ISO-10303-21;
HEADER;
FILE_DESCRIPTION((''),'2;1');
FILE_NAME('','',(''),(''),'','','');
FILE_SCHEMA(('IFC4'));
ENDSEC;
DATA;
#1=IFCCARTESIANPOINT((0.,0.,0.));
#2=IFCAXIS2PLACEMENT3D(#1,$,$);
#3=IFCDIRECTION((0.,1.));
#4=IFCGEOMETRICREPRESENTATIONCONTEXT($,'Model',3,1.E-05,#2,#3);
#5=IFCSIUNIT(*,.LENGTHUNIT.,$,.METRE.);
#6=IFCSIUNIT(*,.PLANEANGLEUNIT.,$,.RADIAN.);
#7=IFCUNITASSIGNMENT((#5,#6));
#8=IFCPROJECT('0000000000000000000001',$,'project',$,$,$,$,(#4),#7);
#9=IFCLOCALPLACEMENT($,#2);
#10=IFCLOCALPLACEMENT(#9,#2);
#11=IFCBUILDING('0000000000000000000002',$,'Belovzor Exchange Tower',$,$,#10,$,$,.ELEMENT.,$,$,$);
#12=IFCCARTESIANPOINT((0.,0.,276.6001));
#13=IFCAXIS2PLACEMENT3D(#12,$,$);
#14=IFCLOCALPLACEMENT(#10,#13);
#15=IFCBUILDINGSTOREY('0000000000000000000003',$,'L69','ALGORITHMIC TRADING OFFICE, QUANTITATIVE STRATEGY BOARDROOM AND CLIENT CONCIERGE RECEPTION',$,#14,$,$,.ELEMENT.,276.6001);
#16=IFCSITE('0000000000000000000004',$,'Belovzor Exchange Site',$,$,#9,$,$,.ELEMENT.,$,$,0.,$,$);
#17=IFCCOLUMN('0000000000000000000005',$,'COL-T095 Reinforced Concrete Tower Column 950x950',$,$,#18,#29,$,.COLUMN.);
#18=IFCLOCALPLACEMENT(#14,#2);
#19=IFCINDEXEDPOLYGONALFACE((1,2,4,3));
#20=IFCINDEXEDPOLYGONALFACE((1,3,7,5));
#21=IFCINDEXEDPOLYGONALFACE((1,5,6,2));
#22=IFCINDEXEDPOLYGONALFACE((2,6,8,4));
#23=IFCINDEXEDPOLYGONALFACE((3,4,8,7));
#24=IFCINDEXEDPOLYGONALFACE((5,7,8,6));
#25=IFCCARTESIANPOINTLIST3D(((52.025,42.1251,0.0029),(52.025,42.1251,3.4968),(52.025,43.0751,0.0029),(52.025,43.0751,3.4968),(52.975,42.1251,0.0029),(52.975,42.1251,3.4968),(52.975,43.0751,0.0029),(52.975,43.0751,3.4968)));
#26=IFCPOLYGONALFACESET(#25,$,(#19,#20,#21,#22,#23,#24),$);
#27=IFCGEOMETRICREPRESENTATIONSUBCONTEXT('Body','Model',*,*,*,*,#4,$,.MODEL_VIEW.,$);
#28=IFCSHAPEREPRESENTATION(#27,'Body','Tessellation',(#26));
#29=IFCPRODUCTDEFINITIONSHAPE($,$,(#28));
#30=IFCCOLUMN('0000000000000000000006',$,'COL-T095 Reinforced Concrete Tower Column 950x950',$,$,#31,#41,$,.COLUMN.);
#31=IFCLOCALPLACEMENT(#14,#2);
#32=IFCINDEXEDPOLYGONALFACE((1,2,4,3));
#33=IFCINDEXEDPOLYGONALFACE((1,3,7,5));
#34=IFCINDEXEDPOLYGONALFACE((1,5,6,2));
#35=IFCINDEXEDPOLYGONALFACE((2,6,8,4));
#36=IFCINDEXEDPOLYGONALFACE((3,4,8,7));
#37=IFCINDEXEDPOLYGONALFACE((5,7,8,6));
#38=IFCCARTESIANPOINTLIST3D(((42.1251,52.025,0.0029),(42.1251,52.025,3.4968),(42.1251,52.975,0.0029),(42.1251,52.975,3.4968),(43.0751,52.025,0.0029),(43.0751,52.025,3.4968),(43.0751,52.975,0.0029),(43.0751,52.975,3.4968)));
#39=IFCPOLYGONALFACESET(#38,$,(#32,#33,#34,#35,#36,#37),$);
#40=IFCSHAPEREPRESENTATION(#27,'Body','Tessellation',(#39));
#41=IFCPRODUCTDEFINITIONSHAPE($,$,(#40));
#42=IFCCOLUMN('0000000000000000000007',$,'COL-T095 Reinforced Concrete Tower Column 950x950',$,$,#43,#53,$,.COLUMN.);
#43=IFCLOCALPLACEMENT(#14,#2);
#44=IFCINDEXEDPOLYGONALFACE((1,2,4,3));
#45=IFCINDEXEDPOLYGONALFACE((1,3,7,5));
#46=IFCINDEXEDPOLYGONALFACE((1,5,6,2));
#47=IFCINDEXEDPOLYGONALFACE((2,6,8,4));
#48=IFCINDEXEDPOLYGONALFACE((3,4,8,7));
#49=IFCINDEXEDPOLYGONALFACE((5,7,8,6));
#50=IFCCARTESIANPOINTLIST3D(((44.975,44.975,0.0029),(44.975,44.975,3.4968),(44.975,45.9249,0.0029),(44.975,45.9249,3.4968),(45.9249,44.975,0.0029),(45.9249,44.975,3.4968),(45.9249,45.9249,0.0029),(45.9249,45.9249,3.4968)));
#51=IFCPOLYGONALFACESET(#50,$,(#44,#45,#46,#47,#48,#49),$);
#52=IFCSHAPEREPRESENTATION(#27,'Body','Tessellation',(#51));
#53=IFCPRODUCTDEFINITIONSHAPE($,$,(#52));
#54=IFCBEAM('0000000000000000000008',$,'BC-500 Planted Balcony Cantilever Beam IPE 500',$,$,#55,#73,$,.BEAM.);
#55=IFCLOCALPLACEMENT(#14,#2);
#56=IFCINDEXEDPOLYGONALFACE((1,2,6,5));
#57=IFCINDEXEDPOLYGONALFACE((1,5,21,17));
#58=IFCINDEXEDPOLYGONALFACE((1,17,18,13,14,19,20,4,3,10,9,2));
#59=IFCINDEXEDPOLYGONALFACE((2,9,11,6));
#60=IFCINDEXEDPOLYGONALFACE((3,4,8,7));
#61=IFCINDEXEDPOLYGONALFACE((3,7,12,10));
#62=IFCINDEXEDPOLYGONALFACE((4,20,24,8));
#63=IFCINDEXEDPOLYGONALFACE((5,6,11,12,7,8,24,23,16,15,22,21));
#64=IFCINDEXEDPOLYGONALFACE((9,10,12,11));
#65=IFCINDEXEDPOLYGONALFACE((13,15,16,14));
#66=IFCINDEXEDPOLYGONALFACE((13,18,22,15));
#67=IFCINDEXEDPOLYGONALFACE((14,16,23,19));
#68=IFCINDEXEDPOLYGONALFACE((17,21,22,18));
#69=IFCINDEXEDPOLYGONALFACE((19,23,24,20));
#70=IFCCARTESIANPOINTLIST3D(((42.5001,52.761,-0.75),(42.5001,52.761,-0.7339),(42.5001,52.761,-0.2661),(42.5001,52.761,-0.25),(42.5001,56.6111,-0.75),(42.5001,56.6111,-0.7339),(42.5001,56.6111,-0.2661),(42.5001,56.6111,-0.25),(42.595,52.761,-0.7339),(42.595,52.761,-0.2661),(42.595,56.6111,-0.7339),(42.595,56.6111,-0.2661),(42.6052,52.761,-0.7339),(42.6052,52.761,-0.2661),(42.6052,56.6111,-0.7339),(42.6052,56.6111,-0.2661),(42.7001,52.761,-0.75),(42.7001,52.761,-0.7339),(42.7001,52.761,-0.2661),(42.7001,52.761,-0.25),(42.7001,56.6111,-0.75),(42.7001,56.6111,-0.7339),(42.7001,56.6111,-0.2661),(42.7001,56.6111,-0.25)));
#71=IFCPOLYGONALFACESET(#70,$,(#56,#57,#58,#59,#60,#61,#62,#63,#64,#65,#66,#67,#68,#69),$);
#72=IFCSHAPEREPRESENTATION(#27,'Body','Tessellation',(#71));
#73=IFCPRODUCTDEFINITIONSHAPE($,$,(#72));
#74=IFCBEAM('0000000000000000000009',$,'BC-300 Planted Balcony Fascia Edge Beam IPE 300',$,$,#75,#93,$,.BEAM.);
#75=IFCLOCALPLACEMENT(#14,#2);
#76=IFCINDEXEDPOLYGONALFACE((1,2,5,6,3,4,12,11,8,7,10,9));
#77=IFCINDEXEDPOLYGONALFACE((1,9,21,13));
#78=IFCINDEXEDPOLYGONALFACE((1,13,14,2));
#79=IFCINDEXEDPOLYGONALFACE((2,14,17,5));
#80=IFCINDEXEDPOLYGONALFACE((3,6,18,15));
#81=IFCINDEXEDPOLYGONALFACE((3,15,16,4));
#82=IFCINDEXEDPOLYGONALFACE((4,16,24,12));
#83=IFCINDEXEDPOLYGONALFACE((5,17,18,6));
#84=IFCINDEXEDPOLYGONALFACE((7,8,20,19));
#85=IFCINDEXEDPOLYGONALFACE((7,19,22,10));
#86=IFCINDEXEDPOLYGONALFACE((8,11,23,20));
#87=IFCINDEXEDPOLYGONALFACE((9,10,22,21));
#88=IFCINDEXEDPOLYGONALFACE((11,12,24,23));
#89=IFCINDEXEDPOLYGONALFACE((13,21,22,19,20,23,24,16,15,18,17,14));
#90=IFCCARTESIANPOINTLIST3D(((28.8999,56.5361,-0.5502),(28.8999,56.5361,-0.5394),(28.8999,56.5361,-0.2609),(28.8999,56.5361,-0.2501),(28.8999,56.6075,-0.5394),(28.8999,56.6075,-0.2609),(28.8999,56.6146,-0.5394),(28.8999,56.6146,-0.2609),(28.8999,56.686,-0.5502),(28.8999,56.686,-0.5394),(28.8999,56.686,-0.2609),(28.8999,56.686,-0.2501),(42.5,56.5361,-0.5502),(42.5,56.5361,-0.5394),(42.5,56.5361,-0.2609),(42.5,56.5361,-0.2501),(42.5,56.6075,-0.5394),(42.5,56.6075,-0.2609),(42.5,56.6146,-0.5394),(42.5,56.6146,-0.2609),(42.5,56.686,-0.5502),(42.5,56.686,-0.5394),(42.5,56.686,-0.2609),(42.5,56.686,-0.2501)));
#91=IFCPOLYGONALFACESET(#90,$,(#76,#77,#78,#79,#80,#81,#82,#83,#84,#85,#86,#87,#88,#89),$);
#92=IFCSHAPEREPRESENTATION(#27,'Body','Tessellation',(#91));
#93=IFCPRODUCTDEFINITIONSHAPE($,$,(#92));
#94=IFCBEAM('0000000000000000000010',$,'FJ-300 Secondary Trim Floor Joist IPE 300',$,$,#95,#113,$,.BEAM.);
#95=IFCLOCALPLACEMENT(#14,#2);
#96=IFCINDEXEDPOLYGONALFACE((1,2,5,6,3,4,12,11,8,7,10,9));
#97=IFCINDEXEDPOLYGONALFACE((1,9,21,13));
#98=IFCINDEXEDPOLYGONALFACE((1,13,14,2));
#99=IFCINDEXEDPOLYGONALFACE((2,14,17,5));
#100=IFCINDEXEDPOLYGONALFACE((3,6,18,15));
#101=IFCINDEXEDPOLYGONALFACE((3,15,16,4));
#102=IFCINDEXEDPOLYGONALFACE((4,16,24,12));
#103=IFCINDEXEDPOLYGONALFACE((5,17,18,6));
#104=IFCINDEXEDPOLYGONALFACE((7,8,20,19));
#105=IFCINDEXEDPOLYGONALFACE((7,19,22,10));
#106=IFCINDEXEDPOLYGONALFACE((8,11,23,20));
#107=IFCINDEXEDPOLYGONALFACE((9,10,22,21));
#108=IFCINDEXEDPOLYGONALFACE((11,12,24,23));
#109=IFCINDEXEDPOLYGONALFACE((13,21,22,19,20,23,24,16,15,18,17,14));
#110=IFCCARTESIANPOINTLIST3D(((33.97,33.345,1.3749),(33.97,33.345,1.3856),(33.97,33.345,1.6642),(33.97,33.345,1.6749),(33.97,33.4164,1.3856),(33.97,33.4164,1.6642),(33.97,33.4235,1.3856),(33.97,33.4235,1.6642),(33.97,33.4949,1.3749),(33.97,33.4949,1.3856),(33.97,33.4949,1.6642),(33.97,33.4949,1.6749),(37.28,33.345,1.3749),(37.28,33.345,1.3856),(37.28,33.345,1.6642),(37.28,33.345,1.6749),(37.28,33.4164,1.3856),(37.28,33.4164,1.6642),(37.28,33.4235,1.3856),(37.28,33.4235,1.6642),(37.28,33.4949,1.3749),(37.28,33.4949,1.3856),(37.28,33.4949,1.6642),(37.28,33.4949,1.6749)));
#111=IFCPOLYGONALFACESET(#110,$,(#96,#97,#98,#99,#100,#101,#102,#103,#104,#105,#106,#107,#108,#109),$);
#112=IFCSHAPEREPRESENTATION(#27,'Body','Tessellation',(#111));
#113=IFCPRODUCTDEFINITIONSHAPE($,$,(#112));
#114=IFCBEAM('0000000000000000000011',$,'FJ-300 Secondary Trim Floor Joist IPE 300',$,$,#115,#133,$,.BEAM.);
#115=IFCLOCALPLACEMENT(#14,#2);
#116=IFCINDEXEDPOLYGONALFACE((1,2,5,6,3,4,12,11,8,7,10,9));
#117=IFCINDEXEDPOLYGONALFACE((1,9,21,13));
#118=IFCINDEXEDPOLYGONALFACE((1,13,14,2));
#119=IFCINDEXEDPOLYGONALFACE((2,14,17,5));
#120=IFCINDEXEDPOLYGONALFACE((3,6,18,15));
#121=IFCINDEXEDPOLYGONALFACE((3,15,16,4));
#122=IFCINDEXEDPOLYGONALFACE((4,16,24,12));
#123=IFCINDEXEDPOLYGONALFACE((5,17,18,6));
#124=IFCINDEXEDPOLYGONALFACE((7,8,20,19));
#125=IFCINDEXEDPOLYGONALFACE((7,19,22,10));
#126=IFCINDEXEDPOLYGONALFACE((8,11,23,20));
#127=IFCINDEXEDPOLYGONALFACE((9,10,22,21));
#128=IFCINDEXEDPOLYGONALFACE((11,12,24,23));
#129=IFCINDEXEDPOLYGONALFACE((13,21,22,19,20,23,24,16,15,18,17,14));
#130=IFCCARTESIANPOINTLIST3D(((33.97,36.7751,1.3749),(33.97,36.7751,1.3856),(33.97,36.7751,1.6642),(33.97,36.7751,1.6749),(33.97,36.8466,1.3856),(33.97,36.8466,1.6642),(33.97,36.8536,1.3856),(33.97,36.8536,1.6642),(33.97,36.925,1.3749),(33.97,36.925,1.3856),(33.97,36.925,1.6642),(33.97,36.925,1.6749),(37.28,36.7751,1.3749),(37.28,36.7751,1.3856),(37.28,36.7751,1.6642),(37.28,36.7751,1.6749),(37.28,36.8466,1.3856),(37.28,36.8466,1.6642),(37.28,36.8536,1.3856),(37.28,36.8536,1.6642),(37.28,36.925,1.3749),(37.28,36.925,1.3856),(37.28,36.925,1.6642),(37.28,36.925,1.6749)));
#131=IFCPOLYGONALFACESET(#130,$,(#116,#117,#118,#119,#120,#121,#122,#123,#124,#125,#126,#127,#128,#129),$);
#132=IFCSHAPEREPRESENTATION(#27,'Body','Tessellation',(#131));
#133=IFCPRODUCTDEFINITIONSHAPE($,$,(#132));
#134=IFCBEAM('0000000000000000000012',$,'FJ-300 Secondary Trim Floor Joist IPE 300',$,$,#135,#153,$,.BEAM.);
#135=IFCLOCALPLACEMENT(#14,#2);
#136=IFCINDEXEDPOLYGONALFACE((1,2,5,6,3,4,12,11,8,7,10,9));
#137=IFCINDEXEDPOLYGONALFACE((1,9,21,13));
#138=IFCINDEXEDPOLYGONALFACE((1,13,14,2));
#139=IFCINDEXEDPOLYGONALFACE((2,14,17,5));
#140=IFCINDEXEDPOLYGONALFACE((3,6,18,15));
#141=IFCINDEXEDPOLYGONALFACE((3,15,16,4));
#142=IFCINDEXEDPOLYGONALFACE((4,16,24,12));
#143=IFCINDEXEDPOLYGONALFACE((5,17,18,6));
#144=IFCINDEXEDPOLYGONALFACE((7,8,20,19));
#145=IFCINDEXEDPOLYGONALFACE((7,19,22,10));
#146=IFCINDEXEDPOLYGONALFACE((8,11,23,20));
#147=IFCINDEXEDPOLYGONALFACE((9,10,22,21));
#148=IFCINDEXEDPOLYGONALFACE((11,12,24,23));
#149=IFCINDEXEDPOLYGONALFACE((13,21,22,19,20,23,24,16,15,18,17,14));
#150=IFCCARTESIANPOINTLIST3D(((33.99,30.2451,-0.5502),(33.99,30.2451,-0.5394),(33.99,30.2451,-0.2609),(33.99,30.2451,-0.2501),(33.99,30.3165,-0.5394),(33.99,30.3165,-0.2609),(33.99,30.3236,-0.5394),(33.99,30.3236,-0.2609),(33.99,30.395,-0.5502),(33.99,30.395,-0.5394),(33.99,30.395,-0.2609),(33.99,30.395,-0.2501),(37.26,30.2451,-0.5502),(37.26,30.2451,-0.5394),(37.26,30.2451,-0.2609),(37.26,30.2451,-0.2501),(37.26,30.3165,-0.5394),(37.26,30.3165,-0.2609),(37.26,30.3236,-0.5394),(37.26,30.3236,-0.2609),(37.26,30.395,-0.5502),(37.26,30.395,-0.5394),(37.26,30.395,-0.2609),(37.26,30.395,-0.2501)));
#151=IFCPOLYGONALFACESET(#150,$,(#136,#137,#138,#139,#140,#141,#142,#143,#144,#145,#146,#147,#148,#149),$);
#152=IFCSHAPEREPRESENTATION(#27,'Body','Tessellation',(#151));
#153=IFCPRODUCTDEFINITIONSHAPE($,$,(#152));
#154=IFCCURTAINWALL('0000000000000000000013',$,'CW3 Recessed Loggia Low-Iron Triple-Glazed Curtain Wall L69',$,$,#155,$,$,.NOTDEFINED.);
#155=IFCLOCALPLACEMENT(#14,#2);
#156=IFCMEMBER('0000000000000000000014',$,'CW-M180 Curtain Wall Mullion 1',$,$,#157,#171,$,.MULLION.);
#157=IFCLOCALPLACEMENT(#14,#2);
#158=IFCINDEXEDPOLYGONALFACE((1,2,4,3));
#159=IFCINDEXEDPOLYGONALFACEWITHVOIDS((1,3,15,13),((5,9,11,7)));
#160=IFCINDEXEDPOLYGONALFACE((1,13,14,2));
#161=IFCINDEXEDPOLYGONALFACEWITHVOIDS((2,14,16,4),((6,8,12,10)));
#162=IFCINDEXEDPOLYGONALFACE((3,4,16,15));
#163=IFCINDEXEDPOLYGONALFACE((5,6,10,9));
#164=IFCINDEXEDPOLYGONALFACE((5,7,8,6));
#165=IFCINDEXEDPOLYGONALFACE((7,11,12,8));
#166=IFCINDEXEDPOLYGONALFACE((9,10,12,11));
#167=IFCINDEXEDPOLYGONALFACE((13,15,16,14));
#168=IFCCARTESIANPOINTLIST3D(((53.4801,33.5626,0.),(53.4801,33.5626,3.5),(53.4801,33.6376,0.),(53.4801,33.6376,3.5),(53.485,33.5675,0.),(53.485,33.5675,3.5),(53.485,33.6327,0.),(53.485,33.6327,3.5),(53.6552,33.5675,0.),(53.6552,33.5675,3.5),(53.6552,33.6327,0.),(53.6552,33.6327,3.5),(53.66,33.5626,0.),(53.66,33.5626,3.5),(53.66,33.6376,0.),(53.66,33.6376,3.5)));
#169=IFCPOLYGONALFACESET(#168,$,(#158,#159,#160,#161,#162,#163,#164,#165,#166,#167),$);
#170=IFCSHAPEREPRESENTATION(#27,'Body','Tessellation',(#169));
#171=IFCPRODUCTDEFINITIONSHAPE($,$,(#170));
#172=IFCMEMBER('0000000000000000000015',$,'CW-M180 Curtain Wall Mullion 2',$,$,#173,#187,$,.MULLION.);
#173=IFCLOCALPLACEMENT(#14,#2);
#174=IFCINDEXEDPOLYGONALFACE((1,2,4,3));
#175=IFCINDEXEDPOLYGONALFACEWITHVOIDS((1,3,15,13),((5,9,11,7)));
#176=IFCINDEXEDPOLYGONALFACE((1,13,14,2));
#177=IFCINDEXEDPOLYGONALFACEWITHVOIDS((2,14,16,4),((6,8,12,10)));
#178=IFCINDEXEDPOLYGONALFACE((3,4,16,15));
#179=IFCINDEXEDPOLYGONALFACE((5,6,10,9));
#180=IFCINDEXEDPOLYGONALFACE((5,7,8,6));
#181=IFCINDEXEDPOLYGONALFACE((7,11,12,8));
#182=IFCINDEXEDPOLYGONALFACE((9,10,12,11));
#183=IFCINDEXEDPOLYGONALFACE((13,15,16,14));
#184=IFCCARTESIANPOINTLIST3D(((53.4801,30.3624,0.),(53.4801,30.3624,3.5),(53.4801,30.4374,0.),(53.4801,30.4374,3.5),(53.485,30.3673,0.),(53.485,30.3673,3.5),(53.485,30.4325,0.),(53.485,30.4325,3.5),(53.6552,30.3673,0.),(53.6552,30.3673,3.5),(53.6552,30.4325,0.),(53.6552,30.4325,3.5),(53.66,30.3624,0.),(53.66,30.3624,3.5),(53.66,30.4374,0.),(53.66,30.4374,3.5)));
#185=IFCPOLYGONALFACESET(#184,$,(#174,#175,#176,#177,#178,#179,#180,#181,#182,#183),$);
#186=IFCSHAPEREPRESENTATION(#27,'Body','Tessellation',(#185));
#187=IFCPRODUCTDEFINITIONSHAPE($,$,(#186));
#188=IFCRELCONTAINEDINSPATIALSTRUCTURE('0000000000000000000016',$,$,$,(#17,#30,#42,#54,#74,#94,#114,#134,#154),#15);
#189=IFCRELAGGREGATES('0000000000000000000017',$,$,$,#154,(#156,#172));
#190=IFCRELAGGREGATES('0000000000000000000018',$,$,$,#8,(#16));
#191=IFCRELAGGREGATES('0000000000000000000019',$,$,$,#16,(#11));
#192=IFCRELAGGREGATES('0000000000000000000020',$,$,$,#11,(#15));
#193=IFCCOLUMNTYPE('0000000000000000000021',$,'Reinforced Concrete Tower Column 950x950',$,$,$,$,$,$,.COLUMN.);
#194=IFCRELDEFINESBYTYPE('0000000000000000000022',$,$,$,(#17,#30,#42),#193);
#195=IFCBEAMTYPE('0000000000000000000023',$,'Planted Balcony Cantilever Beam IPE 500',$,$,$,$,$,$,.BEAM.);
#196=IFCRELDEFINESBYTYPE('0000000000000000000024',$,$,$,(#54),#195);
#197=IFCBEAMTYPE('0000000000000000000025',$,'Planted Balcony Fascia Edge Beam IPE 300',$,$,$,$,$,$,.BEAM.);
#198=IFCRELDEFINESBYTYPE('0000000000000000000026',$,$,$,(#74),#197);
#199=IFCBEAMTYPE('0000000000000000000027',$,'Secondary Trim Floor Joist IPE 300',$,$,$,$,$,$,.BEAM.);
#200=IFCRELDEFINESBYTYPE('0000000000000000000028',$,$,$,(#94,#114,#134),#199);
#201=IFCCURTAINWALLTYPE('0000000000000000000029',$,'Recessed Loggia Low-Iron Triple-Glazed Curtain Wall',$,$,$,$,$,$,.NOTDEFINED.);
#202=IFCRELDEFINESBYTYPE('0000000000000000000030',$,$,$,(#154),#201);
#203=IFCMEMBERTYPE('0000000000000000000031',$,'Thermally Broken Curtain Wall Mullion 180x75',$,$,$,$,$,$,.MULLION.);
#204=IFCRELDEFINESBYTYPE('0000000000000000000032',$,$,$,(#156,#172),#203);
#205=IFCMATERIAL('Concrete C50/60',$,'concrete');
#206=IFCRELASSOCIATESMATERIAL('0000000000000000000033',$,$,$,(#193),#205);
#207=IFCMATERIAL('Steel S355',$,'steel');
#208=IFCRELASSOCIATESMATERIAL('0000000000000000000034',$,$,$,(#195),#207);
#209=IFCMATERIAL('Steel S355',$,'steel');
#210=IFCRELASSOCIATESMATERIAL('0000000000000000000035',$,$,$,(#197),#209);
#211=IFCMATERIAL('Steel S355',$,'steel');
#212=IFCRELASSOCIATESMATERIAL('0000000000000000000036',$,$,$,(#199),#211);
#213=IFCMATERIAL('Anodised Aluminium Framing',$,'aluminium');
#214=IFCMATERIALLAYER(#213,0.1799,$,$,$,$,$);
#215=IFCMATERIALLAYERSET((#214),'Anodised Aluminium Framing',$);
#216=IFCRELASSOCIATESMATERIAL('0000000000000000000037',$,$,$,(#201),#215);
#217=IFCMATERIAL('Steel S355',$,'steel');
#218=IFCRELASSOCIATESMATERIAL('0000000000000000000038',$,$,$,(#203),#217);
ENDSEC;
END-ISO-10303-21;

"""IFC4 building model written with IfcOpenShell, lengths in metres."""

from ifc_helpers import new_model, si_unit, direction, frame, origin, origin_2d, place, context, subcontext, project, spatial, rectangle, hollow_rectangle, i_section, extrude, material, layer, layer_set, material_profile, profile_set, type_object, element, aggregate, save


model = new_model("IFC4")

# Units and contexts
model_context = context("Model", 3, precision=1e-05, world=origin(), true_north=direction((0.0, 1.0)))
body_context = subcontext(model_context, "Body", "Model", "MODEL_VIEW")
ifc_project = project(units=[si_unit("LENGTHUNIT", "METRE"), si_unit("PLANEANGLEUNIT", "RADIAN")], contexts=[model_context])

# Site, building, storey
site_placement = place(None, origin())
site = spatial("IfcSite", under=ifc_project, at=site_placement, Name="Belovzor Exchange Site", CompositionType="ELEMENT", RefElevation=0.0)
building_placement = place(site_placement, origin())
building = spatial("IfcBuilding", under=site, at=building_placement, Name="Belovzor Exchange Tower", CompositionType="ELEMENT")
storey_placement = place(building_placement, frame((0.0, 0.0, 276.6001)))
storey = spatial("IfcBuildingStorey", under=building, at=storey_placement, Name="L69", Description="ALGORITHMIC TRADING OFFICE, QUANTITATIVE STRATEGY BOARDROOM AND CLIENT CONCIERGE RECEPTION", CompositionType="ELEMENT", Elevation=276.6001)

# Columns
ifc_material_1 = material(Name="Concrete C50/60", Category="concrete")
ifc_material_profile_1 = material_profile(ifc_material_1, rectangle(XDim=0.95, YDim=0.95, at=origin_2d()))
ifc_profile_set_1 = profile_set([ifc_material_profile_1], Name="Concrete C50/60")
column_type = type_object("IfcColumnType", Name="Reinforced Concrete Tower Column 950x950", PredefinedType="COLUMN", material=ifc_profile_set_1)
for number, where, z_axis, x_axis, name in (
    (1, (52.5, 42.6001, 0.0029), (0.0, 0.0, 1.0), (1.0, 0.0, 0.0), "COL-T095 Reinforced Concrete Tower Column 950x950"),
    (2, (42.6001, 52.5, 0.0029), (0.0, 0.0, 1.0), (1.0, 0.0, 0.0), "COL-T095 Reinforced Concrete Tower Column 950x950"),
    (3, (45.45, 45.45, 0.0029), (0.0, 0.0, 1.0), (1.0, 0.0, 0.0), "COL-T095 Reinforced Concrete Tower Column 950x950"),
):
    element("IfcColumn", number, at=place(storey_placement, frame(where, z_axis=z_axis, x_axis=x_axis)), inside=storey, type_object=column_type, Name=name, PredefinedType="COLUMN", context=body_context, shape_type="SweptSolid", body=[
        extrude(rectangle(XDim=0.95, YDim=0.95, at=origin_2d()), origin(), (0.0, 0.0, 1.0), 3.4939),
    ])

# Beams
ifc_material_2 = material(Name="Steel S355", Category="steel")
ifc_material_profile_2 = material_profile(ifc_material_2, i_section(OverallWidth=0.2, OverallDepth=0.5, WebThickness=0.0103, FlangeThickness=0.0161, at=origin_2d()))
ifc_profile_set_2 = profile_set([ifc_material_profile_2], Name="Steel S355")
beam_type_1 = type_object("IfcBeamType", Name="Planted Balcony Cantilever Beam IPE 500", PredefinedType="BEAM", material=ifc_profile_set_2)
beam_1_placement = place(storey_placement, frame((42.6001, 52.761, -0.5), z_axis=(0.0, 1.0, 0.0), x_axis=(-1.0, 0.0, 0.0)))
element("IfcBeam", 4, at=beam_1_placement, inside=storey, type_object=beam_type_1, Name="BC-500 Planted Balcony Cantilever Beam IPE 500", PredefinedType="BEAM", context=body_context, shape_type="SweptSolid", body=[
    extrude(i_section(OverallWidth=0.2, OverallDepth=0.5, WebThickness=0.0103, FlangeThickness=0.0161, at=origin_2d()), origin(), (0.0, 0.0, 1.0), 3.8501),
])
ifc_material_3 = material(Name="Steel S355", Category="steel")
ifc_material_profile_3 = material_profile(ifc_material_3, i_section(OverallWidth=0.1499, OverallDepth=0.3, WebThickness=0.0071, FlangeThickness=0.0107, at=origin_2d()))
ifc_profile_set_3 = profile_set([ifc_material_profile_3], Name="Steel S355")
beam_type_2 = type_object("IfcBeamType", Name="Planted Balcony Fascia Edge Beam IPE 300", PredefinedType="BEAM", material=ifc_profile_set_3)
beam_2_placement = place(storey_placement, frame((42.5, 56.6111, -0.4001), z_axis=(-1.0, 0.0, 0.0), x_axis=(0.0, -1.0, 0.0)))
element("IfcBeam", 5, at=beam_2_placement, inside=storey, type_object=beam_type_2, Name="BC-300 Planted Balcony Fascia Edge Beam IPE 300", PredefinedType="BEAM", context=body_context, shape_type="SweptSolid", body=[
    extrude(i_section(OverallWidth=0.1499, OverallDepth=0.3, WebThickness=0.0071, FlangeThickness=0.0107, at=origin_2d()), origin(), (0.0, 0.0, 1.0), 13.6001),
])
ifc_material_4 = material(Name="Steel S355", Category="steel")
ifc_material_profile_4 = material_profile(ifc_material_4, i_section(OverallWidth=0.1499, OverallDepth=0.3, WebThickness=0.0071, FlangeThickness=0.0107, at=origin_2d()))
ifc_profile_set_4 = profile_set([ifc_material_profile_4], Name="Steel S355")
beam_type_3 = type_object("IfcBeamType", Name="Secondary Trim Floor Joist IPE 300", PredefinedType="BEAM", material=ifc_profile_set_4)
for number, where, z_axis, x_axis, name in (
    (6, (37.28, 33.4199, 1.5249), (-1.0, 0.0, 0.0), (0.0, -1.0, 0.0), "FJ-300 Secondary Trim Floor Joist IPE 300"),
    (7, (37.28, 36.8501, 1.5249), (-1.0, 0.0, 0.0), (0.0, -1.0, 0.0), "FJ-300 Secondary Trim Floor Joist IPE 300"),
):
    element("IfcBeam", number, at=place(storey_placement, frame(where, z_axis=z_axis, x_axis=x_axis)), inside=storey, type_object=beam_type_3, Name=name, PredefinedType="BEAM", context=body_context, shape_type="SweptSolid", body=[
        extrude(i_section(OverallWidth=0.1499, OverallDepth=0.3, WebThickness=0.0071, FlangeThickness=0.0107, at=origin_2d()), origin(), (0.0, 0.0, 1.0), 3.3101),
    ])
beam_3_placement = place(storey_placement, frame((37.26, 30.3201, -0.4001), z_axis=(-1.0, 0.0, 0.0), x_axis=(0.0, -1.0, 0.0)))
element("IfcBeam", 8, at=beam_3_placement, inside=storey, type_object=beam_type_3, Name="FJ-300 Secondary Trim Floor Joist IPE 300", PredefinedType="BEAM", context=body_context, shape_type="SweptSolid", body=[
    extrude(i_section(OverallWidth=0.1499, OverallDepth=0.3, WebThickness=0.0071, FlangeThickness=0.0107, at=origin_2d()), origin(), (0.0, 0.0, 1.0), 3.27),
])

# Curtain wall, members
ifc_material_5 = material(Name="Anodised Aluminium Framing", Category="aluminium")
ifc_layer_1 = layer(ifc_material_5, 0.1799)
ifc_layer_set_1 = layer_set([ifc_layer_1], Name="Anodised Aluminium Framing")
curtain_wall_type = type_object("IfcCurtainWallType", Name="Recessed Loggia Low-Iron Triple-Glazed Curtain Wall", PredefinedType="NOTDEFINED", material=ifc_layer_set_1)
curtain_wall_placement = place(storey_placement, origin())
curtain_wall = element("IfcCurtainWall", 9, at=curtain_wall_placement, inside=storey, type_object=curtain_wall_type, Name="CW3 Recessed Loggia Low-Iron Triple-Glazed Curtain Wall L69", PredefinedType="NOTDEFINED")
ifc_material_6 = material(Name="Steel S355", Category="steel")
ifc_material_profile_5 = material_profile(ifc_material_6, hollow_rectangle(XDim=0.075, YDim=0.1799, WallThickness=0.0049, at=origin_2d()))
ifc_profile_set_5 = profile_set([ifc_material_profile_5], Name="Steel S355")
member_type_1 = type_object("IfcMemberType", Name="Thermally Broken Curtain Wall Mullion 180x75", PredefinedType="MULLION", material=ifc_profile_set_5)
member_1_placement = place(storey_placement, frame((53.5701, 33.6001, 0.0), z_axis=(0.0, 0.0, 1.0), x_axis=(0.0, -1.0, 0.0)))
member_1 = element("IfcMember", 10, at=member_1_placement, type_object=member_type_1, Name="CW-M180 Curtain Wall Mullion 1", PredefinedType="MULLION", context=body_context, shape_type="SweptSolid", body=[
    extrude(hollow_rectangle(XDim=0.075, YDim=0.1799, WallThickness=0.0049, at=origin_2d()), origin(), (0.0, 0.0, 1.0), 3.5),
])
member_2_placement = place(storey_placement, frame((53.5701, 30.3999, 0.0), z_axis=(0.0, 0.0, 1.0), x_axis=(0.0, -1.0, 0.0)))
member_2 = element("IfcMember", 11, at=member_2_placement, type_object=member_type_1, Name="CW-M180 Curtain Wall Mullion 2", PredefinedType="MULLION", context=body_context, shape_type="SweptSolid", body=[
    extrude(hollow_rectangle(XDim=0.075, YDim=0.1799, WallThickness=0.0049, at=origin_2d()), origin(), (0.0, 0.0, 1.0), 3.5),
])

aggregate(curtain_wall, [member_1, member_2])

save(model, "model.ifc")
